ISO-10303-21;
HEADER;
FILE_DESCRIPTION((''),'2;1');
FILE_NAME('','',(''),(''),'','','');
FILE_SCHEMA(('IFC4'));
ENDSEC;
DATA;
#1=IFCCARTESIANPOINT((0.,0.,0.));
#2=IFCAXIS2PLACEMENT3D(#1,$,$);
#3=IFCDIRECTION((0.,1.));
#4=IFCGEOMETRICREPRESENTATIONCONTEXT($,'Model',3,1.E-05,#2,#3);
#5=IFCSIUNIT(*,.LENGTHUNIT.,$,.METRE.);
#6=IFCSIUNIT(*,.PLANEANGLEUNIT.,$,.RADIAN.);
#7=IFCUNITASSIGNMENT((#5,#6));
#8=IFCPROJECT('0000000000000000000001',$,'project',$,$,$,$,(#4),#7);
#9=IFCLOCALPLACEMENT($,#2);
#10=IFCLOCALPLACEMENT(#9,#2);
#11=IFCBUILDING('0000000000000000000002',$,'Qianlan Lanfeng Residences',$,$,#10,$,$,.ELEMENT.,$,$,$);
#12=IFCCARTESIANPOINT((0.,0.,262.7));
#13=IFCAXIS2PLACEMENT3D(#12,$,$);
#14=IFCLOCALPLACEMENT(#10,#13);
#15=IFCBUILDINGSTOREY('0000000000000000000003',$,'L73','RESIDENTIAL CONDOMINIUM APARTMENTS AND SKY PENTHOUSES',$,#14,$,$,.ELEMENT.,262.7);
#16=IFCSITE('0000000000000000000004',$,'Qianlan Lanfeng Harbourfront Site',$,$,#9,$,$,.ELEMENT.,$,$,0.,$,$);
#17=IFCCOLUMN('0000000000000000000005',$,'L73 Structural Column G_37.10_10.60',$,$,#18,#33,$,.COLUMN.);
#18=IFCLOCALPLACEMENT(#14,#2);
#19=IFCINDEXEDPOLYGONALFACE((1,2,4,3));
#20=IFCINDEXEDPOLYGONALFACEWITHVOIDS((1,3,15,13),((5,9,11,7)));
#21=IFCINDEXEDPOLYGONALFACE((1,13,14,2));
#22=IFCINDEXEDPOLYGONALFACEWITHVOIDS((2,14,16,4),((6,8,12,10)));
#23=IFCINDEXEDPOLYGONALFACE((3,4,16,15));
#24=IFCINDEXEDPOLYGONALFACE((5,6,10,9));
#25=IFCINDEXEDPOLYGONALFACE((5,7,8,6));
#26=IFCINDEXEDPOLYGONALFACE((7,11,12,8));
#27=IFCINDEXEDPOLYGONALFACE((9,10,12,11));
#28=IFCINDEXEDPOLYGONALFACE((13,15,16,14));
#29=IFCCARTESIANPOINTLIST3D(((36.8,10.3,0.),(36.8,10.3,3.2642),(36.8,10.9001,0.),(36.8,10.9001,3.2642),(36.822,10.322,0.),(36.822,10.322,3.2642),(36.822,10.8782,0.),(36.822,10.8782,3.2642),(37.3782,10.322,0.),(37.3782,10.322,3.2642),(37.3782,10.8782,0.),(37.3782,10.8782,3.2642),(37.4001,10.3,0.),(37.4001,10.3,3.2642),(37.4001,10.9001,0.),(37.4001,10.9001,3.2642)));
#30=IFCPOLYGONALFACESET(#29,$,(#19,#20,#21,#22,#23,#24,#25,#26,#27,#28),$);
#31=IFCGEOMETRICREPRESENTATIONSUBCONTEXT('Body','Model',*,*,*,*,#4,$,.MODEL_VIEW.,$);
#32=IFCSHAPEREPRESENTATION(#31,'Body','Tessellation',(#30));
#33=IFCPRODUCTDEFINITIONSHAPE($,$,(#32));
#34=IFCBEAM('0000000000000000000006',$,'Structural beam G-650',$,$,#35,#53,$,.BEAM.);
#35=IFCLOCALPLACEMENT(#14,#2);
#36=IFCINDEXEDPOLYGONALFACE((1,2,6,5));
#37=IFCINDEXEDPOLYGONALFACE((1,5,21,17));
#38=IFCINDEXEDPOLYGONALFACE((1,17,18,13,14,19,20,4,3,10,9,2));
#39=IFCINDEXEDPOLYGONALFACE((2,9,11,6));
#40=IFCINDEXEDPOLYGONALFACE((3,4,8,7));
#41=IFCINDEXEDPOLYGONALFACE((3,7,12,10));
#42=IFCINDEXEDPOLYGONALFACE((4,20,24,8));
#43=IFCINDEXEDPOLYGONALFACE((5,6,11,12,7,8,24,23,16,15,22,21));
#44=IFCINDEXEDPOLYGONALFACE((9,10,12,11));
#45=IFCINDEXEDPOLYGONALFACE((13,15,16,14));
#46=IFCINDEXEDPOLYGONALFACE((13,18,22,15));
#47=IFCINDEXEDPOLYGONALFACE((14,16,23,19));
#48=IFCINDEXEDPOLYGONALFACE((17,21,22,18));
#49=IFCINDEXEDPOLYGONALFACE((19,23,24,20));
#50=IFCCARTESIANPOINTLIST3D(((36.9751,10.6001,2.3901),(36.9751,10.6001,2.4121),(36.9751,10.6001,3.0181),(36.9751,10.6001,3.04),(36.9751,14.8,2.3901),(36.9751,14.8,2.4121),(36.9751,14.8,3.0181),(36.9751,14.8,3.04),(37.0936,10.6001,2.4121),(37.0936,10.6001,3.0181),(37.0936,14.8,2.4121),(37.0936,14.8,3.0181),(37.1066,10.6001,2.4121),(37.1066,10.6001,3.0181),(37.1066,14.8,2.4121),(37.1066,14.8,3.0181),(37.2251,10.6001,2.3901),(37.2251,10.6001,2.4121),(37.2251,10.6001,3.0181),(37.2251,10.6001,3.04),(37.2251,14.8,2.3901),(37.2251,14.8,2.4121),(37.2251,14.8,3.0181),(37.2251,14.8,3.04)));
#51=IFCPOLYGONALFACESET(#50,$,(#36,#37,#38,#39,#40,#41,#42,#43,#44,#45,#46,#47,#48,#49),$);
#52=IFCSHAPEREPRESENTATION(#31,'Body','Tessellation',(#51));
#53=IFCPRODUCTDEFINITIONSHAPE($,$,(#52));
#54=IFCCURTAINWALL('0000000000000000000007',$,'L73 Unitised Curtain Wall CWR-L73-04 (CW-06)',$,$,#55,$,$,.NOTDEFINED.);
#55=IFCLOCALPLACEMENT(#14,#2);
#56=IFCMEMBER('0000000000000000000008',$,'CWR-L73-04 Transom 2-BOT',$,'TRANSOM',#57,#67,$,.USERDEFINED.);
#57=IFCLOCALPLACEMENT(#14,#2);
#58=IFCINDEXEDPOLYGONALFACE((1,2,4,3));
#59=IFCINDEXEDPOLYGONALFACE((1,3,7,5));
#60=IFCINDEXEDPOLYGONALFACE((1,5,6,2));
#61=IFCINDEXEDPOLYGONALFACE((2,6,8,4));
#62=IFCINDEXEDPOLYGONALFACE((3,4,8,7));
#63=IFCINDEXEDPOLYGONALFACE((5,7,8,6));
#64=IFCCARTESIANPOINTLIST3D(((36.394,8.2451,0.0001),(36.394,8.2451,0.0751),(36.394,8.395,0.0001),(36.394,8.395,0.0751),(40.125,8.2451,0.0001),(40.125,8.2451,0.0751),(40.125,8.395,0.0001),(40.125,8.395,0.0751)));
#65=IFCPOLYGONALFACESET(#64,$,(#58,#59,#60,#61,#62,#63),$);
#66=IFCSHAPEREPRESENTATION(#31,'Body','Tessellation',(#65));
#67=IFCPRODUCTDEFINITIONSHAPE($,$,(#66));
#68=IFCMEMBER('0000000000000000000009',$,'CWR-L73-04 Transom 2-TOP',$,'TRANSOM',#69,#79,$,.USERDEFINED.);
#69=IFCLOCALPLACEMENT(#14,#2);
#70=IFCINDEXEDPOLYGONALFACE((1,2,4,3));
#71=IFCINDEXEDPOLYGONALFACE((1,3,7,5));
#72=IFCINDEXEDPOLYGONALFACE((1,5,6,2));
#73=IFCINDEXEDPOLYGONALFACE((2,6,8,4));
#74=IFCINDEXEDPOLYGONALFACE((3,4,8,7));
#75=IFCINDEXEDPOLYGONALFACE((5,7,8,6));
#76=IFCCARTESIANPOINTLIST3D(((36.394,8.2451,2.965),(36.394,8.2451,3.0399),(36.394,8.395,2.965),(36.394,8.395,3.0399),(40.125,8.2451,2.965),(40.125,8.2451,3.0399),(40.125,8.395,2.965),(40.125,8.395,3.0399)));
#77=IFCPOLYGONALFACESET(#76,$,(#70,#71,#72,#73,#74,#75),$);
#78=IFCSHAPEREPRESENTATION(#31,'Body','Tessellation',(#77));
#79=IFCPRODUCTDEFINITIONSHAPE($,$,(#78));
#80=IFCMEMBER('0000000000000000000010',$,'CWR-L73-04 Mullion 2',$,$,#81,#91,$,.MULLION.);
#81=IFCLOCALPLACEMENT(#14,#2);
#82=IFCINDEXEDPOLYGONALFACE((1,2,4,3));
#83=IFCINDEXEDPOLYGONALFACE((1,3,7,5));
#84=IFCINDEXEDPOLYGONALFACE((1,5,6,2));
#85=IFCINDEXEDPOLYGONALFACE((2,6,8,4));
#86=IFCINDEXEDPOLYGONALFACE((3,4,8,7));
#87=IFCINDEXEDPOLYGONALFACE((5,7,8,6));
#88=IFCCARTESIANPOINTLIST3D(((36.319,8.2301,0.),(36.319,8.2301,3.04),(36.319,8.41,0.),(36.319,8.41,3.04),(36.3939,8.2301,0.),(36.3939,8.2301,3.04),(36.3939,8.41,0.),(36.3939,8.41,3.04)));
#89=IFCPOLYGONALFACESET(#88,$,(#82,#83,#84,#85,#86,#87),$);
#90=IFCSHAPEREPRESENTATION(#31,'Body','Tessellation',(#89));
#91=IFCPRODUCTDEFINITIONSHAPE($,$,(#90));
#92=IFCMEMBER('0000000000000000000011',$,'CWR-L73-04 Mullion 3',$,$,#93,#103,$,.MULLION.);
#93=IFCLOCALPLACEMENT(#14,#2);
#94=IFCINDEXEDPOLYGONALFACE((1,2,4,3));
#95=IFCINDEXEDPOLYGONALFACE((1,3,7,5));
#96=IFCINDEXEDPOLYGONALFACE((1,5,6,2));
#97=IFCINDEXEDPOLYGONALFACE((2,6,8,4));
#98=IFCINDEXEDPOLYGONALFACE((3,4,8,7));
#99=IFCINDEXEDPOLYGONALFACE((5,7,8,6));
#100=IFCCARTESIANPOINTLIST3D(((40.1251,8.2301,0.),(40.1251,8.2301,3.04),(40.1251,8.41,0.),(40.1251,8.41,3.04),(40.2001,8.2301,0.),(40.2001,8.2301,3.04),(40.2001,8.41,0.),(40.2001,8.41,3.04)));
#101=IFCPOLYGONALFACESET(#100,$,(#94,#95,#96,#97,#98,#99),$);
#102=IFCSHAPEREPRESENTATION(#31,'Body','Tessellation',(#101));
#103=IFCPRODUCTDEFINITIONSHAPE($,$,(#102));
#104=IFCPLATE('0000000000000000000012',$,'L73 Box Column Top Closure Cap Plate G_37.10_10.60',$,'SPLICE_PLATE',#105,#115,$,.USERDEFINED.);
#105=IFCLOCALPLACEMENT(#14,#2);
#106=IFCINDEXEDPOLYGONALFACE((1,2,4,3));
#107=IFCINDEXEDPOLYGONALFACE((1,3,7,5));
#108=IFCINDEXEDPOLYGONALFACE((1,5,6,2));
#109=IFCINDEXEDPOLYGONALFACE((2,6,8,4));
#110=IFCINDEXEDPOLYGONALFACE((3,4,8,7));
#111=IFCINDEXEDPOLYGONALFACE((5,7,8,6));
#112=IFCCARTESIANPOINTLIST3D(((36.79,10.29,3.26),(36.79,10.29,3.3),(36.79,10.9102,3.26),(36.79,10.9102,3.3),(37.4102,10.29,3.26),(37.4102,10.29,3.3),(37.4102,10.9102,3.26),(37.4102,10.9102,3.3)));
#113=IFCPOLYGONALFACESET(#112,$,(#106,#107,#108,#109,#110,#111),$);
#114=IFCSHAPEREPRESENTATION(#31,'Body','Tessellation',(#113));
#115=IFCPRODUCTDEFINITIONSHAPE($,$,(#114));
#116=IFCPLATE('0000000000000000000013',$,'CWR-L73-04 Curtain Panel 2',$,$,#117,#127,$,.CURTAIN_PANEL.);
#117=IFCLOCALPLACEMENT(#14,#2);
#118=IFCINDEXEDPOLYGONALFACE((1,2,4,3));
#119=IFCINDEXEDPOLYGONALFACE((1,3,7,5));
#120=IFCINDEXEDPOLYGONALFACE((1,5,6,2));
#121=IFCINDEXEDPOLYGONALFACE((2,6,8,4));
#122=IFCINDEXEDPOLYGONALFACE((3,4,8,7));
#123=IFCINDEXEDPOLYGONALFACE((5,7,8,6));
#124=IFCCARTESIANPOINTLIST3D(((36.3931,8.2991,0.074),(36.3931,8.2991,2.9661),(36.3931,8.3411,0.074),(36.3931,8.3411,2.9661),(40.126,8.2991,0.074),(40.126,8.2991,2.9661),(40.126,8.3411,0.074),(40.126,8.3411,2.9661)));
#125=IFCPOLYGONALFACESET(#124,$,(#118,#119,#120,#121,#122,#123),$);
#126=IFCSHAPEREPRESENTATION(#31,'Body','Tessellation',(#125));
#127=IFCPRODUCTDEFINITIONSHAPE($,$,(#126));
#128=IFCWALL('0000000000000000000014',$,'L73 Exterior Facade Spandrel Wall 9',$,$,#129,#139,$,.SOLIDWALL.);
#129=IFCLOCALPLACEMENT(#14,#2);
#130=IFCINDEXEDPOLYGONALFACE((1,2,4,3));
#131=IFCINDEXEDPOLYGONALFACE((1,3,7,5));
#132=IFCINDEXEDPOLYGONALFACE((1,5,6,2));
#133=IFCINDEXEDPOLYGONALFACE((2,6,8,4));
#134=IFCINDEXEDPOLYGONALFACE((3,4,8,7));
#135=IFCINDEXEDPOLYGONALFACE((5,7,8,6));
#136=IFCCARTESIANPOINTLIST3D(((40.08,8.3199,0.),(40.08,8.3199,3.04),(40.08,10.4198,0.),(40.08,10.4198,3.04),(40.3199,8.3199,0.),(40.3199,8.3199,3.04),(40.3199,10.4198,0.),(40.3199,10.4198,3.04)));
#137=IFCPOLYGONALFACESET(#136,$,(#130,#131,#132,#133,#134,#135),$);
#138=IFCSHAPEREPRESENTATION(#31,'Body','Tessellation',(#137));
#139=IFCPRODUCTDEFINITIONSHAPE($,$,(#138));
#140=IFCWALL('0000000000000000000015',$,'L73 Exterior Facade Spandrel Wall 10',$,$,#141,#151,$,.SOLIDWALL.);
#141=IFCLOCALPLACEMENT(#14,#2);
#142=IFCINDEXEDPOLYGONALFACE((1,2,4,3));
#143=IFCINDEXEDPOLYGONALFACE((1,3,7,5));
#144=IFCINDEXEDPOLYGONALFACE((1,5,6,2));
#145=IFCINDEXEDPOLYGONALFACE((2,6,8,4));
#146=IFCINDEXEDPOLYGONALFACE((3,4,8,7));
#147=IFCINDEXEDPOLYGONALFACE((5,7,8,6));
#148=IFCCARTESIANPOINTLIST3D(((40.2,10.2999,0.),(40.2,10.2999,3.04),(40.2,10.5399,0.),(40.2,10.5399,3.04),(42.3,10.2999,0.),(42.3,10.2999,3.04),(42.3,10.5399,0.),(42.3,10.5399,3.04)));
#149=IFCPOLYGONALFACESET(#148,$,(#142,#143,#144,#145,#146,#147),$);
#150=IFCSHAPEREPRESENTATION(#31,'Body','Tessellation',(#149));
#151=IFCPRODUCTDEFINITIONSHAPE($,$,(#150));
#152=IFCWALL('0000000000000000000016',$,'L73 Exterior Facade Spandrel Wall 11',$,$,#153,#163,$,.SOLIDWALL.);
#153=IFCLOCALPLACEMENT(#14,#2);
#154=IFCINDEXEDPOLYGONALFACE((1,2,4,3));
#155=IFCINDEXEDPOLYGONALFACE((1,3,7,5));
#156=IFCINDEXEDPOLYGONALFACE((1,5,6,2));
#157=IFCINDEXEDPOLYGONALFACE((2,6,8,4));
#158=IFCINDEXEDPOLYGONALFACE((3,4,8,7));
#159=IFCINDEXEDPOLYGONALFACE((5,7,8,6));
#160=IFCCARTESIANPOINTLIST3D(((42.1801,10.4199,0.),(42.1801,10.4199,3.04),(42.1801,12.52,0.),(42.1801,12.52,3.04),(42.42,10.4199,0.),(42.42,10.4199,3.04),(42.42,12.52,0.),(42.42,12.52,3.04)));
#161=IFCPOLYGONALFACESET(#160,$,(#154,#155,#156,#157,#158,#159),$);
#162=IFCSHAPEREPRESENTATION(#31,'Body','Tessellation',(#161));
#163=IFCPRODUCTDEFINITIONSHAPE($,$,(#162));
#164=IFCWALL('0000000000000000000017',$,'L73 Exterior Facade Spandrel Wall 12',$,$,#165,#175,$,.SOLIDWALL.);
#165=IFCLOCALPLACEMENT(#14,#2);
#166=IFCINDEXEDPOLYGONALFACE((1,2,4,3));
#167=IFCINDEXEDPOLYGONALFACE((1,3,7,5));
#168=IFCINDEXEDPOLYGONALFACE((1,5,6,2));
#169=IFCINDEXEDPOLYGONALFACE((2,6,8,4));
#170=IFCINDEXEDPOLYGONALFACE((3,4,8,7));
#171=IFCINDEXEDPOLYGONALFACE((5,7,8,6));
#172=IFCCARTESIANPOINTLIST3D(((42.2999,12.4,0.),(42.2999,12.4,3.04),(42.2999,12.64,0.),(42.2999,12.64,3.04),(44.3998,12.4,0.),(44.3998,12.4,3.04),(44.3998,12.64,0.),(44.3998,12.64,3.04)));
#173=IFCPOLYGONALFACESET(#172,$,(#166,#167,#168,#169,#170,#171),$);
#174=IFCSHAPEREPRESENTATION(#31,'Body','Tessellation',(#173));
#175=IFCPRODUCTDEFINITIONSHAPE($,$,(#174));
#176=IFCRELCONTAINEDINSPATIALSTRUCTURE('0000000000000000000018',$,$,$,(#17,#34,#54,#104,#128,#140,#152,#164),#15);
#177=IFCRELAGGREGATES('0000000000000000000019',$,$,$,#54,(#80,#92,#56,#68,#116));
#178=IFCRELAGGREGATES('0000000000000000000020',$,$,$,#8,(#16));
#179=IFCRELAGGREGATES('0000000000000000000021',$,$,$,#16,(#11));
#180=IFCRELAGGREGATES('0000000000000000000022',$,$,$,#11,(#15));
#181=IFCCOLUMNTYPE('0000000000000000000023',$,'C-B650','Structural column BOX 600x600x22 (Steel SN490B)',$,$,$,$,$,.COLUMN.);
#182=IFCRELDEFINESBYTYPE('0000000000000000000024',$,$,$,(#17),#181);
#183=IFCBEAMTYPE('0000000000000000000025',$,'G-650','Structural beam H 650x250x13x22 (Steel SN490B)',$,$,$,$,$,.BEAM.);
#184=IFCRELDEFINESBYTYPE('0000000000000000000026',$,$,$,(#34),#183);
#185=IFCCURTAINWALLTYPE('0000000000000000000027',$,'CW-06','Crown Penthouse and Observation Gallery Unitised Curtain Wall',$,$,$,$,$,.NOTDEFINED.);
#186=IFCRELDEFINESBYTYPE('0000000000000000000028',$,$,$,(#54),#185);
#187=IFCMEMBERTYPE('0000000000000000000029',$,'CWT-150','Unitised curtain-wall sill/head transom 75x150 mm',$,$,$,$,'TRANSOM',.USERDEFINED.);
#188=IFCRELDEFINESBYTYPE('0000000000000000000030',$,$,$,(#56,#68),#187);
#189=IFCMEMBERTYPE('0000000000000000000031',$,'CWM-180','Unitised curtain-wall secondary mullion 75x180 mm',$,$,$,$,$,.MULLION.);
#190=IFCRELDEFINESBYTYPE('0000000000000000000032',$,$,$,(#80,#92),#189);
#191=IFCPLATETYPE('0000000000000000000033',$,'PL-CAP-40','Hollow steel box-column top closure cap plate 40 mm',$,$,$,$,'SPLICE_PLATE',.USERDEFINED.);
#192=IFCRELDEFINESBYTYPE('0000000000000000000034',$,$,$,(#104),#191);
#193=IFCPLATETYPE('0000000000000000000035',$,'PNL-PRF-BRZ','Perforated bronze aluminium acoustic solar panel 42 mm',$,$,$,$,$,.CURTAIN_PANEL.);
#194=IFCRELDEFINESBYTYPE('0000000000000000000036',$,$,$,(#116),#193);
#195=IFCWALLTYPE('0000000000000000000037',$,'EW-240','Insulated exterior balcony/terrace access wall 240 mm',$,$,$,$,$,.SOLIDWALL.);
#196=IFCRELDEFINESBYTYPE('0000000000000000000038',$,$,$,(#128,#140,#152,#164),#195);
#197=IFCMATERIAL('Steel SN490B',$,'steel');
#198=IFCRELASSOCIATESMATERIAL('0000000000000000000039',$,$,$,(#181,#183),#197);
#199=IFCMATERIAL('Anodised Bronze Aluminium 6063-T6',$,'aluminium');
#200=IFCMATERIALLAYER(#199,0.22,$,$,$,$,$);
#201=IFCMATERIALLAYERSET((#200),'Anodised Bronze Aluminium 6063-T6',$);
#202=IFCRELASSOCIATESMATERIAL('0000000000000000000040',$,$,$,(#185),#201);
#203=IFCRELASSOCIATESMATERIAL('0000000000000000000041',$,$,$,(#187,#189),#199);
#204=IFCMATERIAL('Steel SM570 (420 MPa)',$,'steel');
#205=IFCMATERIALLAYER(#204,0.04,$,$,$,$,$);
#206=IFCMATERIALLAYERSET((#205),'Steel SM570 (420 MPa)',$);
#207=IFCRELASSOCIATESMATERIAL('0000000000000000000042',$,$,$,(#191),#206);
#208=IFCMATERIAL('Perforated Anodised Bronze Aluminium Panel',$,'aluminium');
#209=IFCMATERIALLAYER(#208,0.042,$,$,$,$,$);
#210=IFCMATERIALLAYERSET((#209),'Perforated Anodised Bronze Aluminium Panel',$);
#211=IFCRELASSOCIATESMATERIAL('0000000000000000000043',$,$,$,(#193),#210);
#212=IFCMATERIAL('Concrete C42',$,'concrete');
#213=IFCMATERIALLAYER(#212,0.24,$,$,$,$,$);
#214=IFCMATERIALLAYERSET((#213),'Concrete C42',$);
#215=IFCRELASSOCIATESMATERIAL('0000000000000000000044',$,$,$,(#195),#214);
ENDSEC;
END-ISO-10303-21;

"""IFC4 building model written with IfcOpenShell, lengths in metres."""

from ifc_helpers import new_model, si_unit, direction, frame, frame_2d, origin, origin_2d, place, context, subcontext, project, spatial, rectangle, hollow_rectangle, i_section, extrude, source, transform, mapped, material, layer, layer_set, material_profile, profile_set, type_object, element, aggregate, save


model = new_model("IFC4")

# Units and contexts
model_context = context("Model", 3, precision=1e-05, world=origin(), true_north=direction((0.0, 1.0)))
body_context = subcontext(model_context, "Body", "Model", "MODEL_VIEW")
ifc_project = project(units=[si_unit("LENGTHUNIT", "METRE"), si_unit("PLANEANGLEUNIT", "RADIAN")], contexts=[model_context])

# Site, building, storey
site_placement = place(None, origin())
site = spatial("IfcSite", under=ifc_project, at=site_placement, Name="Qianlan Lanfeng Harbourfront Site", CompositionType="ELEMENT", RefElevation=0.0)
building_placement = place(site_placement, origin())
building = spatial("IfcBuilding", under=site, at=building_placement, Name="Qianlan Lanfeng Residences", CompositionType="ELEMENT")
storey_placement = place(building_placement, frame((0.0, 0.0, 262.7)))
storey = spatial("IfcBuildingStorey", under=building, at=storey_placement, Name="L73", Description="RESIDENTIAL CONDOMINIUM APARTMENTS AND SKY PENTHOUSES", CompositionType="ELEMENT", Elevation=262.7)

# Column
ifc_material_1 = material(Name="Steel SN490B", Category="steel")
ifc_material_profile_1 = material_profile(ifc_material_1, hollow_rectangle(XDim=0.6001, YDim=0.6001, WallThickness=0.022, at=origin_2d()), Name="BOX 600x600x22")
ifc_profile_set_1 = profile_set([ifc_material_profile_1], Name="Steel SN490B")
column_type = type_object("IfcColumnType", Name="C-B650", Description="Structural column BOX 600x600x22 (Steel SN490B)", PredefinedType="COLUMN", material=ifc_profile_set_1)
column_placement = place(storey_placement, frame((37.1001, 10.6001, 0.0), z_axis=(0.0, 0.0, 1.0), x_axis=(1.0, 0.0, 0.0)))
element("IfcColumn", 1, at=column_placement, inside=storey, type_object=column_type, Name="L73 Structural Column G_37.10_10.60", PredefinedType="COLUMN", context=body_context, shape_type="SweptSolid", body=[
    extrude(hollow_rectangle(XDim=0.6001, YDim=0.6001, WallThickness=0.022, at=origin_2d()), origin(), (0.0, 0.0, 1.0), 3.2642),
])

# Beam
ifc_material_profile_2 = material_profile(ifc_material_1, i_section(OverallWidth=0.25, OverallDepth=0.6499, WebThickness=0.0129, FlangeThickness=0.022, at=origin_2d()), Name="H 650x250x13x22")
ifc_profile_set_2 = profile_set([ifc_material_profile_2], Name="Steel SN490B")
beam_type = type_object("IfcBeamType", Name="G-650", Description="Structural beam H 650x250x13x22 (Steel SN490B)", PredefinedType="BEAM", material=ifc_profile_set_2)
beam_placement = place(storey_placement, frame((37.1001, 10.6001, 2.7151), z_axis=(0.0, 1.0, 0.0), x_axis=(-1.0, 0.0, 0.0)))
element("IfcBeam", 2, at=beam_placement, inside=storey, type_object=beam_type, Name="Structural beam G-650", PredefinedType="BEAM", context=body_context, shape_type="SweptSolid", body=[
    extrude(i_section(OverallWidth=0.25, OverallDepth=0.6499, WebThickness=0.0129, FlangeThickness=0.022, at=origin_2d()), origin(), (0.0, 0.0, 1.0), 4.2),
])

# Curtain wall, members
ifc_material_2 = material(Name="Anodised Bronze Aluminium 6063-T6", Category="aluminium")
ifc_layer_1 = layer(ifc_material_2, 0.22)
ifc_layer_set_1 = layer_set([ifc_layer_1], Name="Anodised Bronze Aluminium 6063-T6")
curtain_wall_type = type_object("IfcCurtainWallType", Name="CW-06", Description="Crown Penthouse and Observation Gallery Unitised Curtain Wall", PredefinedType="NOTDEFINED", material=ifc_layer_set_1)
curtain_wall_placement = place(storey_placement, origin())
curtain_wall = element("IfcCurtainWall", 3, at=curtain_wall_placement, inside=storey, type_object=curtain_wall_type, Name="L73 Unitised Curtain Wall CWR-L73-04 (CW-06)", PredefinedType="NOTDEFINED")
ifc_material_profile_3 = material_profile(ifc_material_2, rectangle(XDim=0.075, YDim=0.1499, at=origin_2d()), Name="ALU TRANSOM 75x150")
ifc_profile_set_3 = profile_set([ifc_material_profile_3], Name="Anodised Bronze Aluminium 6063-T6")
member_type_1 = type_object("IfcMemberType", Name="CWT-150", Description="Unitised curtain-wall sill/head transom 75x150 mm", ElementType="TRANSOM", PredefinedType="USERDEFINED", material=ifc_profile_set_3)
shared_shape_1 = source(origin(), body_context, "Body", "SweptSolid", [
    extrude(rectangle(XDim=0.075, YDim=0.1499, at=origin_2d()), origin(), (0.0, 0.0, 1.0), 3.731),
])
member_1_placement = place(storey_placement, frame((36.394, 8.3201, 0.0376), z_axis=(1.0, 0.0, 0.0), x_axis=(0.0, 0.0, 1.0)))
member_1 = element("IfcMember", 4, at=member_1_placement, type_object=member_type_1, Name="CWR-L73-04 Transom 2-BOT", ObjectType="TRANSOM", PredefinedType="USERDEFINED", context=body_context, shape_type="MappedRepresentation", body=[
    mapped(shared_shape_1, transform((0.0, 0.0, 0.0), scale=1.0)),
])
member_2_placement = place(storey_placement, frame((36.394, 8.3201, 3.0024), z_axis=(1.0, 0.0, 0.0), x_axis=(0.0, 0.0, 1.0)))
member_2 = element("IfcMember", 5, at=member_2_placement, type_object=member_type_1, Name="CWR-L73-04 Transom 2-TOP", ObjectType="TRANSOM", PredefinedType="USERDEFINED", context=body_context, shape_type="MappedRepresentation", body=[
    mapped(shared_shape_1, transform((0.0, 0.0, 0.0), scale=1.0)),
])
ifc_material_profile_4 = material_profile(ifc_material_2, rectangle(XDim=0.075, YDim=0.1799, at=origin_2d()), Name="ALU MULLION 75x180")
ifc_profile_set_4 = profile_set([ifc_material_profile_4], Name="Anodised Bronze Aluminium 6063-T6")
member_type_2 = type_object("IfcMemberType", Name="CWM-180", Description="Unitised curtain-wall secondary mullion 75x180 mm", PredefinedType="MULLION", material=ifc_profile_set_4)
shared_shape_2 = source(origin(), body_context, "Body", "SweptSolid", [
    extrude(rectangle(XDim=0.075, YDim=0.1799, at=origin_2d()), origin(), (0.0, 0.0, 1.0), 3.04),
])
member_3_placement = place(storey_placement, frame((36.3564, 8.3201, 0.0), z_axis=(0.0, 0.0, 1.0), x_axis=(1.0, 0.0, 0.0)))
member_3 = element("IfcMember", 6, at=member_3_placement, type_object=member_type_2, Name="CWR-L73-04 Mullion 2", PredefinedType="MULLION", context=body_context, shape_type="MappedRepresentation", body=[
    mapped(shared_shape_2, transform((0.0, 0.0, 0.0), scale=1.0)),
])
member_4_placement = place(storey_placement, frame((40.1626, 8.3201, 0.0), z_axis=(0.0, 0.0, 1.0), x_axis=(1.0, 0.0, 0.0)))
member_4 = element("IfcMember", 7, at=member_4_placement, type_object=member_type_2, Name="CWR-L73-04 Mullion 3", PredefinedType="MULLION", context=body_context, shape_type="MappedRepresentation", body=[
    mapped(shared_shape_2, transform((0.0, 0.0, 0.0), scale=1.0)),
])

# Plates
ifc_material_3 = material(Name="Steel SM570 (420 MPa)", Category="steel")
ifc_layer_2 = layer(ifc_material_3, 0.04)
ifc_layer_set_2 = layer_set([ifc_layer_2], Name="Steel SM570 (420 MPa)")
plate_type_1 = type_object("IfcPlateType", Name="PL-CAP-40", Description="Hollow steel box-column top closure cap plate 40 mm", ElementType="SPLICE_PLATE", PredefinedType="USERDEFINED", material=ifc_layer_set_2)
shared_shape_3 = source(origin(), body_context, "Body", "SweptSolid", [
    extrude(rectangle(XDim=0.6201, YDim=0.6201, at=origin_2d()), origin(), (0.0, 0.0, 1.0), 0.04),
])
plate_1_placement = place(storey_placement, frame((37.1001, 10.6001, 3.26), z_axis=(0.0, 0.0, 1.0), x_axis=(1.0, 0.0, 0.0)))
element("IfcPlate", 8, at=plate_1_placement, inside=storey, type_object=plate_type_1, Name="L73 Box Column Top Closure Cap Plate G_37.10_10.60", ObjectType="SPLICE_PLATE", PredefinedType="USERDEFINED", context=body_context, shape_type="MappedRepresentation", body=[
    mapped(shared_shape_3, transform((0.0, 0.0, 0.0), scale=1.0)),
])
ifc_material_4 = material(Name="Perforated Anodised Bronze Aluminium Panel", Category="aluminium")
ifc_layer_3 = layer(ifc_material_4, 0.042)
ifc_layer_set_3 = layer_set([ifc_layer_3], Name="Perforated Anodised Bronze Aluminium Panel")
plate_type_2 = type_object("IfcPlateType", Name="PNL-PRF-BRZ", Description="Perforated bronze aluminium acoustic solar panel 42 mm", PredefinedType="CURTAIN_PANEL", material=ifc_layer_set_3)
shared_shape_4 = source(origin(), body_context, "Body", "SweptSolid", [
    extrude(rectangle(XDim=3.7329, YDim=0.042, at=origin_2d()), origin(), (0.0, 0.0, 1.0), 2.8921),
])
plate_2_placement = place(storey_placement, frame((38.2595, 8.3201, 0.074), z_axis=(0.0, 0.0, 1.0), x_axis=(1.0, 0.0, 0.0)))
plate_2 = element("IfcPlate", 9, at=plate_2_placement, type_object=plate_type_2, Name="CWR-L73-04 Curtain Panel 2", PredefinedType="CURTAIN_PANEL", context=body_context, shape_type="MappedRepresentation", body=[
    mapped(shared_shape_4, transform((0.0, 0.0, 0.0), scale=1.0)),
])
aggregate(curtain_wall, [member_3, member_4, member_1, member_2, plate_2])

# Walls
ifc_material_5 = material(Name="Concrete C42", Category="concrete")
ifc_layer_4 = layer(ifc_material_5, 0.24)
ifc_layer_set_4 = layer_set([ifc_layer_4], Name="Concrete C42")
wall_type_1 = type_object("IfcWallType", Name="EW-240", Description="Insulated exterior balcony/terrace access wall 240 mm", PredefinedType="SOLIDWALL", material=ifc_layer_set_4)
wall_1_placement = place(storey_placement, frame((40.2, 8.3201, 0.0), z_axis=(0.0, 0.0, 1.0), x_axis=(0.0, 1.0, 0.0)))
element("IfcWall", 10, at=wall_1_placement, inside=storey, type_object=wall_type_1, Name="L73 Exterior Facade Spandrel Wall 9", PredefinedType="SOLIDWALL", context=body_context, shape_type="SweptSolid", body=[
    extrude(rectangle(XDim=2.0999, YDim=0.24, at=frame_2d((1.0498, 0.0))), origin(), (0.0, 0.0, 1.0), 3.04),
])
for number, where, z_axis, x_axis, name in (
    (11, (40.2, 10.4199, 0.0), (0.0, 0.0, 1.0), (1.0, 0.0, 0.0), "L73 Exterior Facade Spandrel Wall 10"),
    (12, (42.3, 10.4199, 0.0), (0.0, 0.0, 1.0), (0.0, 1.0, 0.0), "L73 Exterior Facade Spandrel Wall 11"),
):
    element("IfcWall", number, at=place(storey_placement, frame(where, z_axis=z_axis, x_axis=x_axis)), inside=storey, type_object=wall_type_1, Name=name, PredefinedType="SOLIDWALL", context=body_context, shape_type="SweptSolid", body=[
        extrude(rectangle(XDim=2.1001, YDim=0.24, at=frame_2d((1.05, 0.0))), origin(), (0.0, 0.0, 1.0), 3.04),
    ])
wall_2_placement = place(storey_placement, frame((42.3, 12.52, 0.0), z_axis=(0.0, 0.0, 1.0), x_axis=(1.0, 0.0, 0.0)))
element("IfcWall", 13, at=wall_2_placement, inside=storey, type_object=wall_type_1, Name="L73 Exterior Facade Spandrel Wall 12", PredefinedType="SOLIDWALL", context=body_context, shape_type="SweptSolid", body=[
    extrude(rectangle(XDim=2.0999, YDim=0.24, at=frame_2d((1.0498, 0.0))), origin(), (0.0, 0.0, 1.0), 3.04),
])

save(model, "model.ifc")
